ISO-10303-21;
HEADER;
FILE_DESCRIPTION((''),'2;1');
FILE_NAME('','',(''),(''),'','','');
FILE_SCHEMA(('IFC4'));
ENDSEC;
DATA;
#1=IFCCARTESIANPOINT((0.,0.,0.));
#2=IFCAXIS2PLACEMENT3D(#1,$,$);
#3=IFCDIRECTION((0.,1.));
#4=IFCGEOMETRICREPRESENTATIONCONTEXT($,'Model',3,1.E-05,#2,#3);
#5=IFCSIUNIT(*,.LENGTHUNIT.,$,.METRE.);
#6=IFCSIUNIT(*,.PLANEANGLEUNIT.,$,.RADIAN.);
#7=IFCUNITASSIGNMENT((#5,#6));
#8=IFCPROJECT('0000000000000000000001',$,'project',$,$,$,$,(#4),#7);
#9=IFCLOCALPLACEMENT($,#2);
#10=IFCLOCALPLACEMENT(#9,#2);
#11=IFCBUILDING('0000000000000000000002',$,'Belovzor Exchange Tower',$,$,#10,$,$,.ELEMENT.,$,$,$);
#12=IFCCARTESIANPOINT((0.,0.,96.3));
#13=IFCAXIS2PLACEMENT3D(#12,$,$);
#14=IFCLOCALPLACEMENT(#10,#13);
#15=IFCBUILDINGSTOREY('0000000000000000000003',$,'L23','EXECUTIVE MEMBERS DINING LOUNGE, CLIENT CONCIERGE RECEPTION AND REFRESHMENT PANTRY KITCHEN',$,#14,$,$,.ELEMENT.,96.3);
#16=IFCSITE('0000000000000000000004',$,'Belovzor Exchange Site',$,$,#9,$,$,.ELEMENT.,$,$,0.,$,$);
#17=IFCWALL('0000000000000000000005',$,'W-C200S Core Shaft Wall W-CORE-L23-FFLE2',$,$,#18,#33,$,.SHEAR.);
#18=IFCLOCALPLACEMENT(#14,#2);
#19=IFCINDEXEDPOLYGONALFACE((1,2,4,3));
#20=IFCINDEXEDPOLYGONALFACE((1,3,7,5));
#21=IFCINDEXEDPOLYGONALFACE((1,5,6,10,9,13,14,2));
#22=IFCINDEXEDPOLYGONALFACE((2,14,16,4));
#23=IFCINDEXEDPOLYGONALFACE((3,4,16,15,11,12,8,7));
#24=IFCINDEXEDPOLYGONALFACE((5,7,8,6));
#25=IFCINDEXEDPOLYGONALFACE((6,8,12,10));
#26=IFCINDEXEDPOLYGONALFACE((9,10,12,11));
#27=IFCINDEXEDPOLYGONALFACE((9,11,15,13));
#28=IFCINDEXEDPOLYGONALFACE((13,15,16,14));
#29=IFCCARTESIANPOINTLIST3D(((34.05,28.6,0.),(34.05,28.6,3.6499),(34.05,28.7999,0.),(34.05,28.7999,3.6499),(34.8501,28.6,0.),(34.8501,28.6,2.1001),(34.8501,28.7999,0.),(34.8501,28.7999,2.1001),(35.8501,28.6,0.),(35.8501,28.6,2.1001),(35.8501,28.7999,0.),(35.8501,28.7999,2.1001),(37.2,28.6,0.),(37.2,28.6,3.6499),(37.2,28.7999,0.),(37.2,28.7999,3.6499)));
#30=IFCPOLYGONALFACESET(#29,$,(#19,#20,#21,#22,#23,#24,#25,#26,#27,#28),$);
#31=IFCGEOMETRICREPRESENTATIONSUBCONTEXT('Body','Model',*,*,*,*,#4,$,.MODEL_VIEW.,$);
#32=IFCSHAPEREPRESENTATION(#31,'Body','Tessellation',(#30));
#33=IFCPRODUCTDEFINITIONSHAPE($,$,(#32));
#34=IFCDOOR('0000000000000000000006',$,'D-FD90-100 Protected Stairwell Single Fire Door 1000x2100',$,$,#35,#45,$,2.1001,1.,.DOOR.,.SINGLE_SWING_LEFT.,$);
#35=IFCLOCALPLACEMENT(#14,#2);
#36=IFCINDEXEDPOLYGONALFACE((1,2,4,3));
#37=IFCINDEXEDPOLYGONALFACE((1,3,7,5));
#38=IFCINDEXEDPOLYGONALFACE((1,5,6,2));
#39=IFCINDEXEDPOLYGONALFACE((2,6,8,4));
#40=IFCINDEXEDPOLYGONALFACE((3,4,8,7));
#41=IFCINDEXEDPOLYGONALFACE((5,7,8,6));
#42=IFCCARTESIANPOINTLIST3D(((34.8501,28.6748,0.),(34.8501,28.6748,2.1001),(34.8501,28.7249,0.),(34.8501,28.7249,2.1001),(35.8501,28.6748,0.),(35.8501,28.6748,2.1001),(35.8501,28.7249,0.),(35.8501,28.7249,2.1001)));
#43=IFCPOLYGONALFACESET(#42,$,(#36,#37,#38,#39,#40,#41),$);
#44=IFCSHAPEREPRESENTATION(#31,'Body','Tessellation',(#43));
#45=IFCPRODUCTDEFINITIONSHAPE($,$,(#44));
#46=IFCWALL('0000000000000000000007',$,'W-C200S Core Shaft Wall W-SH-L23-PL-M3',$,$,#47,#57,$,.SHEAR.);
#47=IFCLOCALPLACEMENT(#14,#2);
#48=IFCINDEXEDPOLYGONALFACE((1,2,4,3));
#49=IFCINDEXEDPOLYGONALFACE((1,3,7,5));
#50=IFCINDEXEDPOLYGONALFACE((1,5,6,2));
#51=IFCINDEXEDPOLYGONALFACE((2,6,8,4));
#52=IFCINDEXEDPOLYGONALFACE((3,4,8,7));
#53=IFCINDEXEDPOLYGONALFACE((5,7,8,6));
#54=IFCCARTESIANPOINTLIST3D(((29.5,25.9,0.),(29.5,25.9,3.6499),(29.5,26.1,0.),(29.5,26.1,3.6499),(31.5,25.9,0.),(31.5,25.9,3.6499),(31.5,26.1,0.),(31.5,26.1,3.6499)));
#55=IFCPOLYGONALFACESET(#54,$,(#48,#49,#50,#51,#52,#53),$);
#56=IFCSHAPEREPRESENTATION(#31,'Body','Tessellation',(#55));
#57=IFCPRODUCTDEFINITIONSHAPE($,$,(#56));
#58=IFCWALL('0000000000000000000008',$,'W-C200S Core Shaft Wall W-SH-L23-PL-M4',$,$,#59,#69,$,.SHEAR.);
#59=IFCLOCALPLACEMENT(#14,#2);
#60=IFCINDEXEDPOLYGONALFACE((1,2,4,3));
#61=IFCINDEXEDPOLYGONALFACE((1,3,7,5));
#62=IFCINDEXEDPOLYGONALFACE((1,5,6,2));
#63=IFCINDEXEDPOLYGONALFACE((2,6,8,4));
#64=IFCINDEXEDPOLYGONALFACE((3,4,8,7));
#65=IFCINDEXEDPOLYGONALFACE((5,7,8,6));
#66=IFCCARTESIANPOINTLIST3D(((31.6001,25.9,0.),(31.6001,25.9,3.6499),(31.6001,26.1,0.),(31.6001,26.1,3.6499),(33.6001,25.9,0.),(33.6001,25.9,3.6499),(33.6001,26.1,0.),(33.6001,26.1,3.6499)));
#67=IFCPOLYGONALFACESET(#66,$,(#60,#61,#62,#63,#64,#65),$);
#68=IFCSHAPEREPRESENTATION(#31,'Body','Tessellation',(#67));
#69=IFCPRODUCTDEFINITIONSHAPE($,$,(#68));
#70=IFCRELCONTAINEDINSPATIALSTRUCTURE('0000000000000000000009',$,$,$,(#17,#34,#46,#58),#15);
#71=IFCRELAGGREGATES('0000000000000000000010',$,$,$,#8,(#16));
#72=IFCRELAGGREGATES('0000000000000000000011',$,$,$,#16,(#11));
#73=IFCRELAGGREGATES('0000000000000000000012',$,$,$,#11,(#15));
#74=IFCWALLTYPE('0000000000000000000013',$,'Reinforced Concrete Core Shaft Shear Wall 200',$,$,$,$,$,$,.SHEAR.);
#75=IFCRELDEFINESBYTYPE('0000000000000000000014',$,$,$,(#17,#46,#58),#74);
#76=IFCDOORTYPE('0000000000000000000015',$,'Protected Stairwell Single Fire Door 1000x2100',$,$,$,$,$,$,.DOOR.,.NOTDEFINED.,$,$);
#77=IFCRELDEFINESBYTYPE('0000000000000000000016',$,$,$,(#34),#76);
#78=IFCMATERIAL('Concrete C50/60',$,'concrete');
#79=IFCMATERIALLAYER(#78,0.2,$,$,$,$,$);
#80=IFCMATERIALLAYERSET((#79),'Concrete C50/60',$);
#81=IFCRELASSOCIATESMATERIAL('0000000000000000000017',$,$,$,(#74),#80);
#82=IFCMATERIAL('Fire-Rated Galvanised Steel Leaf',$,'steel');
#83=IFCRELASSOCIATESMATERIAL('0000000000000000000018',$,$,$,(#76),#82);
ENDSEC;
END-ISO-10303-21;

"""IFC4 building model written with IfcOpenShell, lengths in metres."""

from ifc_helpers import new_model, si_unit, direction, frame, frame_2d, origin, place, context, subcontext, project, spatial, rectangle, extrude, material, layer, layer_set, type_object, element, fill, save


model = new_model("IFC4")

# Units and contexts
model_context = context("Model", 3, precision=1e-05, world=origin(), true_north=direction((0.0, 1.0)))
body_context = subcontext(model_context, "Body", "Model", "MODEL_VIEW")
ifc_project = project(units=[si_unit("LENGTHUNIT", "METRE"), si_unit("PLANEANGLEUNIT", "RADIAN")], contexts=[model_context])

# Site, building, storey
site_placement = place(None, origin())
site = spatial("IfcSite", under=ifc_project, at=site_placement, Name="Belovzor Exchange Site", CompositionType="ELEMENT", RefElevation=0.0)
building_placement = place(site_placement, origin())
building = spatial("IfcBuilding", under=site, at=building_placement, Name="Belovzor Exchange Tower", CompositionType="ELEMENT")
storey_placement = place(building_placement, frame((0.0, 0.0, 96.3)))
storey = spatial("IfcBuildingStorey", under=building, at=storey_placement, Name="L23", Description="EXECUTIVE MEMBERS DINING LOUNGE, CLIENT CONCIERGE RECEPTION AND REFRESHMENT PANTRY KITCHEN", CompositionType="ELEMENT", Elevation=96.3)

# Wall, opening, door
ifc_material_1 = material(Name="Concrete C50/60", Category="concrete")
ifc_layer_1 = layer(ifc_material_1, 0.2)
ifc_layer_set_1 = layer_set([ifc_layer_1], Name="Concrete C50/60")
wall_type_1 = type_object("IfcWallType", Name="Reinforced Concrete Core Shaft Shear Wall 200", PredefinedType="SHEAR", material=ifc_layer_set_1)
wall_1_placement = place(storey_placement, frame((34.05, 28.7, 0.0), z_axis=(0.0, 0.0, 1.0), x_axis=(1.0, 0.0, 0.0)))
wall_1 = element("IfcWall", 1, at=wall_1_placement, inside=storey, type_object=wall_type_1, Name="W-C200S Core Shaft Wall W-CORE-L23-FFLE2", PredefinedType="SHEAR", context=body_context, shape_type="SweptSolid", body=[
    extrude(rectangle(XDim=3.1499, YDim=0.2, at=frame_2d((1.575, 0.0))), origin(), (0.0, 0.0, 1.0), 3.6499),
])
opening_1_placement = place(wall_1_placement, frame((0.8, 0.0, 0.0)))
opening_1 = element("IfcOpeningElement", 2, at=opening_1_placement, cuts=wall_1, PredefinedType="OPENING", context=body_context, shape_type="SweptSolid", body=[
    extrude(rectangle(XDim=1.0, YDim=2.1001, at=frame_2d((0.5, 1.05))), frame((0.0, 0.1099, 0.0), z_axis=(0.0, -1.0, 0.0), x_axis=(1.0, 0.0, 0.0)), (0.0, 0.0, 1.0), 0.22),
])
ifc_material_2 = material(Name="Fire-Rated Galvanised Steel Leaf", Category="steel")
door_type_1 = type_object("IfcDoorType", Name="Protected Stairwell Single Fire Door 1000x2100", OperationType="NOTDEFINED", PredefinedType="DOOR", material=ifc_material_2)
door_1_placement = place(opening_1_placement, origin())
door_1 = element("IfcDoor", 3, at=door_1_placement, inside=storey, type_object=door_type_1, Name="D-FD90-100 Protected Stairwell Single Fire Door 1000x2100", OperationType="SINGLE_SWING_LEFT", OverallHeight=2.1001, OverallWidth=1.0, PredefinedType="DOOR", context=body_context, shape_type="SweptSolid", body=[
    extrude(rectangle(XDim=1.0, YDim=2.1001, at=frame_2d((0.5, 1.05))), frame((0.0, 0.0249, 0.0), z_axis=(0.0, -1.0, 0.0), x_axis=(1.0, 0.0, 0.0)), (0.0, 0.0, 1.0), 0.05),
])
fill(opening_1, door_1)

# Walls
for number, where, z_axis, x_axis, name in (
    (4, (29.5, 26.0, 0.0), (0.0, 0.0, 1.0), (1.0, 0.0, 0.0), "W-C200S Core Shaft Wall W-SH-L23-PL-M3"),
    (5, (31.6001, 26.0, 0.0), (0.0, 0.0, 1.0), (1.0, 0.0, 0.0), "W-C200S Core Shaft Wall W-SH-L23-PL-M4"),
):
    element("IfcWall", number, at=place(storey_placement, frame(where, z_axis=z_axis, x_axis=x_axis)), inside=storey, type_object=wall_type_1, Name=name, PredefinedType="SHEAR", context=body_context, shape_type="SweptSolid", body=[
        extrude(rectangle(XDim=2.0, YDim=0.2, at=frame_2d((1.0, 0.0))), origin(), (0.0, 0.0, 1.0), 3.6499),
    ])

save(model, "model.ifc")
